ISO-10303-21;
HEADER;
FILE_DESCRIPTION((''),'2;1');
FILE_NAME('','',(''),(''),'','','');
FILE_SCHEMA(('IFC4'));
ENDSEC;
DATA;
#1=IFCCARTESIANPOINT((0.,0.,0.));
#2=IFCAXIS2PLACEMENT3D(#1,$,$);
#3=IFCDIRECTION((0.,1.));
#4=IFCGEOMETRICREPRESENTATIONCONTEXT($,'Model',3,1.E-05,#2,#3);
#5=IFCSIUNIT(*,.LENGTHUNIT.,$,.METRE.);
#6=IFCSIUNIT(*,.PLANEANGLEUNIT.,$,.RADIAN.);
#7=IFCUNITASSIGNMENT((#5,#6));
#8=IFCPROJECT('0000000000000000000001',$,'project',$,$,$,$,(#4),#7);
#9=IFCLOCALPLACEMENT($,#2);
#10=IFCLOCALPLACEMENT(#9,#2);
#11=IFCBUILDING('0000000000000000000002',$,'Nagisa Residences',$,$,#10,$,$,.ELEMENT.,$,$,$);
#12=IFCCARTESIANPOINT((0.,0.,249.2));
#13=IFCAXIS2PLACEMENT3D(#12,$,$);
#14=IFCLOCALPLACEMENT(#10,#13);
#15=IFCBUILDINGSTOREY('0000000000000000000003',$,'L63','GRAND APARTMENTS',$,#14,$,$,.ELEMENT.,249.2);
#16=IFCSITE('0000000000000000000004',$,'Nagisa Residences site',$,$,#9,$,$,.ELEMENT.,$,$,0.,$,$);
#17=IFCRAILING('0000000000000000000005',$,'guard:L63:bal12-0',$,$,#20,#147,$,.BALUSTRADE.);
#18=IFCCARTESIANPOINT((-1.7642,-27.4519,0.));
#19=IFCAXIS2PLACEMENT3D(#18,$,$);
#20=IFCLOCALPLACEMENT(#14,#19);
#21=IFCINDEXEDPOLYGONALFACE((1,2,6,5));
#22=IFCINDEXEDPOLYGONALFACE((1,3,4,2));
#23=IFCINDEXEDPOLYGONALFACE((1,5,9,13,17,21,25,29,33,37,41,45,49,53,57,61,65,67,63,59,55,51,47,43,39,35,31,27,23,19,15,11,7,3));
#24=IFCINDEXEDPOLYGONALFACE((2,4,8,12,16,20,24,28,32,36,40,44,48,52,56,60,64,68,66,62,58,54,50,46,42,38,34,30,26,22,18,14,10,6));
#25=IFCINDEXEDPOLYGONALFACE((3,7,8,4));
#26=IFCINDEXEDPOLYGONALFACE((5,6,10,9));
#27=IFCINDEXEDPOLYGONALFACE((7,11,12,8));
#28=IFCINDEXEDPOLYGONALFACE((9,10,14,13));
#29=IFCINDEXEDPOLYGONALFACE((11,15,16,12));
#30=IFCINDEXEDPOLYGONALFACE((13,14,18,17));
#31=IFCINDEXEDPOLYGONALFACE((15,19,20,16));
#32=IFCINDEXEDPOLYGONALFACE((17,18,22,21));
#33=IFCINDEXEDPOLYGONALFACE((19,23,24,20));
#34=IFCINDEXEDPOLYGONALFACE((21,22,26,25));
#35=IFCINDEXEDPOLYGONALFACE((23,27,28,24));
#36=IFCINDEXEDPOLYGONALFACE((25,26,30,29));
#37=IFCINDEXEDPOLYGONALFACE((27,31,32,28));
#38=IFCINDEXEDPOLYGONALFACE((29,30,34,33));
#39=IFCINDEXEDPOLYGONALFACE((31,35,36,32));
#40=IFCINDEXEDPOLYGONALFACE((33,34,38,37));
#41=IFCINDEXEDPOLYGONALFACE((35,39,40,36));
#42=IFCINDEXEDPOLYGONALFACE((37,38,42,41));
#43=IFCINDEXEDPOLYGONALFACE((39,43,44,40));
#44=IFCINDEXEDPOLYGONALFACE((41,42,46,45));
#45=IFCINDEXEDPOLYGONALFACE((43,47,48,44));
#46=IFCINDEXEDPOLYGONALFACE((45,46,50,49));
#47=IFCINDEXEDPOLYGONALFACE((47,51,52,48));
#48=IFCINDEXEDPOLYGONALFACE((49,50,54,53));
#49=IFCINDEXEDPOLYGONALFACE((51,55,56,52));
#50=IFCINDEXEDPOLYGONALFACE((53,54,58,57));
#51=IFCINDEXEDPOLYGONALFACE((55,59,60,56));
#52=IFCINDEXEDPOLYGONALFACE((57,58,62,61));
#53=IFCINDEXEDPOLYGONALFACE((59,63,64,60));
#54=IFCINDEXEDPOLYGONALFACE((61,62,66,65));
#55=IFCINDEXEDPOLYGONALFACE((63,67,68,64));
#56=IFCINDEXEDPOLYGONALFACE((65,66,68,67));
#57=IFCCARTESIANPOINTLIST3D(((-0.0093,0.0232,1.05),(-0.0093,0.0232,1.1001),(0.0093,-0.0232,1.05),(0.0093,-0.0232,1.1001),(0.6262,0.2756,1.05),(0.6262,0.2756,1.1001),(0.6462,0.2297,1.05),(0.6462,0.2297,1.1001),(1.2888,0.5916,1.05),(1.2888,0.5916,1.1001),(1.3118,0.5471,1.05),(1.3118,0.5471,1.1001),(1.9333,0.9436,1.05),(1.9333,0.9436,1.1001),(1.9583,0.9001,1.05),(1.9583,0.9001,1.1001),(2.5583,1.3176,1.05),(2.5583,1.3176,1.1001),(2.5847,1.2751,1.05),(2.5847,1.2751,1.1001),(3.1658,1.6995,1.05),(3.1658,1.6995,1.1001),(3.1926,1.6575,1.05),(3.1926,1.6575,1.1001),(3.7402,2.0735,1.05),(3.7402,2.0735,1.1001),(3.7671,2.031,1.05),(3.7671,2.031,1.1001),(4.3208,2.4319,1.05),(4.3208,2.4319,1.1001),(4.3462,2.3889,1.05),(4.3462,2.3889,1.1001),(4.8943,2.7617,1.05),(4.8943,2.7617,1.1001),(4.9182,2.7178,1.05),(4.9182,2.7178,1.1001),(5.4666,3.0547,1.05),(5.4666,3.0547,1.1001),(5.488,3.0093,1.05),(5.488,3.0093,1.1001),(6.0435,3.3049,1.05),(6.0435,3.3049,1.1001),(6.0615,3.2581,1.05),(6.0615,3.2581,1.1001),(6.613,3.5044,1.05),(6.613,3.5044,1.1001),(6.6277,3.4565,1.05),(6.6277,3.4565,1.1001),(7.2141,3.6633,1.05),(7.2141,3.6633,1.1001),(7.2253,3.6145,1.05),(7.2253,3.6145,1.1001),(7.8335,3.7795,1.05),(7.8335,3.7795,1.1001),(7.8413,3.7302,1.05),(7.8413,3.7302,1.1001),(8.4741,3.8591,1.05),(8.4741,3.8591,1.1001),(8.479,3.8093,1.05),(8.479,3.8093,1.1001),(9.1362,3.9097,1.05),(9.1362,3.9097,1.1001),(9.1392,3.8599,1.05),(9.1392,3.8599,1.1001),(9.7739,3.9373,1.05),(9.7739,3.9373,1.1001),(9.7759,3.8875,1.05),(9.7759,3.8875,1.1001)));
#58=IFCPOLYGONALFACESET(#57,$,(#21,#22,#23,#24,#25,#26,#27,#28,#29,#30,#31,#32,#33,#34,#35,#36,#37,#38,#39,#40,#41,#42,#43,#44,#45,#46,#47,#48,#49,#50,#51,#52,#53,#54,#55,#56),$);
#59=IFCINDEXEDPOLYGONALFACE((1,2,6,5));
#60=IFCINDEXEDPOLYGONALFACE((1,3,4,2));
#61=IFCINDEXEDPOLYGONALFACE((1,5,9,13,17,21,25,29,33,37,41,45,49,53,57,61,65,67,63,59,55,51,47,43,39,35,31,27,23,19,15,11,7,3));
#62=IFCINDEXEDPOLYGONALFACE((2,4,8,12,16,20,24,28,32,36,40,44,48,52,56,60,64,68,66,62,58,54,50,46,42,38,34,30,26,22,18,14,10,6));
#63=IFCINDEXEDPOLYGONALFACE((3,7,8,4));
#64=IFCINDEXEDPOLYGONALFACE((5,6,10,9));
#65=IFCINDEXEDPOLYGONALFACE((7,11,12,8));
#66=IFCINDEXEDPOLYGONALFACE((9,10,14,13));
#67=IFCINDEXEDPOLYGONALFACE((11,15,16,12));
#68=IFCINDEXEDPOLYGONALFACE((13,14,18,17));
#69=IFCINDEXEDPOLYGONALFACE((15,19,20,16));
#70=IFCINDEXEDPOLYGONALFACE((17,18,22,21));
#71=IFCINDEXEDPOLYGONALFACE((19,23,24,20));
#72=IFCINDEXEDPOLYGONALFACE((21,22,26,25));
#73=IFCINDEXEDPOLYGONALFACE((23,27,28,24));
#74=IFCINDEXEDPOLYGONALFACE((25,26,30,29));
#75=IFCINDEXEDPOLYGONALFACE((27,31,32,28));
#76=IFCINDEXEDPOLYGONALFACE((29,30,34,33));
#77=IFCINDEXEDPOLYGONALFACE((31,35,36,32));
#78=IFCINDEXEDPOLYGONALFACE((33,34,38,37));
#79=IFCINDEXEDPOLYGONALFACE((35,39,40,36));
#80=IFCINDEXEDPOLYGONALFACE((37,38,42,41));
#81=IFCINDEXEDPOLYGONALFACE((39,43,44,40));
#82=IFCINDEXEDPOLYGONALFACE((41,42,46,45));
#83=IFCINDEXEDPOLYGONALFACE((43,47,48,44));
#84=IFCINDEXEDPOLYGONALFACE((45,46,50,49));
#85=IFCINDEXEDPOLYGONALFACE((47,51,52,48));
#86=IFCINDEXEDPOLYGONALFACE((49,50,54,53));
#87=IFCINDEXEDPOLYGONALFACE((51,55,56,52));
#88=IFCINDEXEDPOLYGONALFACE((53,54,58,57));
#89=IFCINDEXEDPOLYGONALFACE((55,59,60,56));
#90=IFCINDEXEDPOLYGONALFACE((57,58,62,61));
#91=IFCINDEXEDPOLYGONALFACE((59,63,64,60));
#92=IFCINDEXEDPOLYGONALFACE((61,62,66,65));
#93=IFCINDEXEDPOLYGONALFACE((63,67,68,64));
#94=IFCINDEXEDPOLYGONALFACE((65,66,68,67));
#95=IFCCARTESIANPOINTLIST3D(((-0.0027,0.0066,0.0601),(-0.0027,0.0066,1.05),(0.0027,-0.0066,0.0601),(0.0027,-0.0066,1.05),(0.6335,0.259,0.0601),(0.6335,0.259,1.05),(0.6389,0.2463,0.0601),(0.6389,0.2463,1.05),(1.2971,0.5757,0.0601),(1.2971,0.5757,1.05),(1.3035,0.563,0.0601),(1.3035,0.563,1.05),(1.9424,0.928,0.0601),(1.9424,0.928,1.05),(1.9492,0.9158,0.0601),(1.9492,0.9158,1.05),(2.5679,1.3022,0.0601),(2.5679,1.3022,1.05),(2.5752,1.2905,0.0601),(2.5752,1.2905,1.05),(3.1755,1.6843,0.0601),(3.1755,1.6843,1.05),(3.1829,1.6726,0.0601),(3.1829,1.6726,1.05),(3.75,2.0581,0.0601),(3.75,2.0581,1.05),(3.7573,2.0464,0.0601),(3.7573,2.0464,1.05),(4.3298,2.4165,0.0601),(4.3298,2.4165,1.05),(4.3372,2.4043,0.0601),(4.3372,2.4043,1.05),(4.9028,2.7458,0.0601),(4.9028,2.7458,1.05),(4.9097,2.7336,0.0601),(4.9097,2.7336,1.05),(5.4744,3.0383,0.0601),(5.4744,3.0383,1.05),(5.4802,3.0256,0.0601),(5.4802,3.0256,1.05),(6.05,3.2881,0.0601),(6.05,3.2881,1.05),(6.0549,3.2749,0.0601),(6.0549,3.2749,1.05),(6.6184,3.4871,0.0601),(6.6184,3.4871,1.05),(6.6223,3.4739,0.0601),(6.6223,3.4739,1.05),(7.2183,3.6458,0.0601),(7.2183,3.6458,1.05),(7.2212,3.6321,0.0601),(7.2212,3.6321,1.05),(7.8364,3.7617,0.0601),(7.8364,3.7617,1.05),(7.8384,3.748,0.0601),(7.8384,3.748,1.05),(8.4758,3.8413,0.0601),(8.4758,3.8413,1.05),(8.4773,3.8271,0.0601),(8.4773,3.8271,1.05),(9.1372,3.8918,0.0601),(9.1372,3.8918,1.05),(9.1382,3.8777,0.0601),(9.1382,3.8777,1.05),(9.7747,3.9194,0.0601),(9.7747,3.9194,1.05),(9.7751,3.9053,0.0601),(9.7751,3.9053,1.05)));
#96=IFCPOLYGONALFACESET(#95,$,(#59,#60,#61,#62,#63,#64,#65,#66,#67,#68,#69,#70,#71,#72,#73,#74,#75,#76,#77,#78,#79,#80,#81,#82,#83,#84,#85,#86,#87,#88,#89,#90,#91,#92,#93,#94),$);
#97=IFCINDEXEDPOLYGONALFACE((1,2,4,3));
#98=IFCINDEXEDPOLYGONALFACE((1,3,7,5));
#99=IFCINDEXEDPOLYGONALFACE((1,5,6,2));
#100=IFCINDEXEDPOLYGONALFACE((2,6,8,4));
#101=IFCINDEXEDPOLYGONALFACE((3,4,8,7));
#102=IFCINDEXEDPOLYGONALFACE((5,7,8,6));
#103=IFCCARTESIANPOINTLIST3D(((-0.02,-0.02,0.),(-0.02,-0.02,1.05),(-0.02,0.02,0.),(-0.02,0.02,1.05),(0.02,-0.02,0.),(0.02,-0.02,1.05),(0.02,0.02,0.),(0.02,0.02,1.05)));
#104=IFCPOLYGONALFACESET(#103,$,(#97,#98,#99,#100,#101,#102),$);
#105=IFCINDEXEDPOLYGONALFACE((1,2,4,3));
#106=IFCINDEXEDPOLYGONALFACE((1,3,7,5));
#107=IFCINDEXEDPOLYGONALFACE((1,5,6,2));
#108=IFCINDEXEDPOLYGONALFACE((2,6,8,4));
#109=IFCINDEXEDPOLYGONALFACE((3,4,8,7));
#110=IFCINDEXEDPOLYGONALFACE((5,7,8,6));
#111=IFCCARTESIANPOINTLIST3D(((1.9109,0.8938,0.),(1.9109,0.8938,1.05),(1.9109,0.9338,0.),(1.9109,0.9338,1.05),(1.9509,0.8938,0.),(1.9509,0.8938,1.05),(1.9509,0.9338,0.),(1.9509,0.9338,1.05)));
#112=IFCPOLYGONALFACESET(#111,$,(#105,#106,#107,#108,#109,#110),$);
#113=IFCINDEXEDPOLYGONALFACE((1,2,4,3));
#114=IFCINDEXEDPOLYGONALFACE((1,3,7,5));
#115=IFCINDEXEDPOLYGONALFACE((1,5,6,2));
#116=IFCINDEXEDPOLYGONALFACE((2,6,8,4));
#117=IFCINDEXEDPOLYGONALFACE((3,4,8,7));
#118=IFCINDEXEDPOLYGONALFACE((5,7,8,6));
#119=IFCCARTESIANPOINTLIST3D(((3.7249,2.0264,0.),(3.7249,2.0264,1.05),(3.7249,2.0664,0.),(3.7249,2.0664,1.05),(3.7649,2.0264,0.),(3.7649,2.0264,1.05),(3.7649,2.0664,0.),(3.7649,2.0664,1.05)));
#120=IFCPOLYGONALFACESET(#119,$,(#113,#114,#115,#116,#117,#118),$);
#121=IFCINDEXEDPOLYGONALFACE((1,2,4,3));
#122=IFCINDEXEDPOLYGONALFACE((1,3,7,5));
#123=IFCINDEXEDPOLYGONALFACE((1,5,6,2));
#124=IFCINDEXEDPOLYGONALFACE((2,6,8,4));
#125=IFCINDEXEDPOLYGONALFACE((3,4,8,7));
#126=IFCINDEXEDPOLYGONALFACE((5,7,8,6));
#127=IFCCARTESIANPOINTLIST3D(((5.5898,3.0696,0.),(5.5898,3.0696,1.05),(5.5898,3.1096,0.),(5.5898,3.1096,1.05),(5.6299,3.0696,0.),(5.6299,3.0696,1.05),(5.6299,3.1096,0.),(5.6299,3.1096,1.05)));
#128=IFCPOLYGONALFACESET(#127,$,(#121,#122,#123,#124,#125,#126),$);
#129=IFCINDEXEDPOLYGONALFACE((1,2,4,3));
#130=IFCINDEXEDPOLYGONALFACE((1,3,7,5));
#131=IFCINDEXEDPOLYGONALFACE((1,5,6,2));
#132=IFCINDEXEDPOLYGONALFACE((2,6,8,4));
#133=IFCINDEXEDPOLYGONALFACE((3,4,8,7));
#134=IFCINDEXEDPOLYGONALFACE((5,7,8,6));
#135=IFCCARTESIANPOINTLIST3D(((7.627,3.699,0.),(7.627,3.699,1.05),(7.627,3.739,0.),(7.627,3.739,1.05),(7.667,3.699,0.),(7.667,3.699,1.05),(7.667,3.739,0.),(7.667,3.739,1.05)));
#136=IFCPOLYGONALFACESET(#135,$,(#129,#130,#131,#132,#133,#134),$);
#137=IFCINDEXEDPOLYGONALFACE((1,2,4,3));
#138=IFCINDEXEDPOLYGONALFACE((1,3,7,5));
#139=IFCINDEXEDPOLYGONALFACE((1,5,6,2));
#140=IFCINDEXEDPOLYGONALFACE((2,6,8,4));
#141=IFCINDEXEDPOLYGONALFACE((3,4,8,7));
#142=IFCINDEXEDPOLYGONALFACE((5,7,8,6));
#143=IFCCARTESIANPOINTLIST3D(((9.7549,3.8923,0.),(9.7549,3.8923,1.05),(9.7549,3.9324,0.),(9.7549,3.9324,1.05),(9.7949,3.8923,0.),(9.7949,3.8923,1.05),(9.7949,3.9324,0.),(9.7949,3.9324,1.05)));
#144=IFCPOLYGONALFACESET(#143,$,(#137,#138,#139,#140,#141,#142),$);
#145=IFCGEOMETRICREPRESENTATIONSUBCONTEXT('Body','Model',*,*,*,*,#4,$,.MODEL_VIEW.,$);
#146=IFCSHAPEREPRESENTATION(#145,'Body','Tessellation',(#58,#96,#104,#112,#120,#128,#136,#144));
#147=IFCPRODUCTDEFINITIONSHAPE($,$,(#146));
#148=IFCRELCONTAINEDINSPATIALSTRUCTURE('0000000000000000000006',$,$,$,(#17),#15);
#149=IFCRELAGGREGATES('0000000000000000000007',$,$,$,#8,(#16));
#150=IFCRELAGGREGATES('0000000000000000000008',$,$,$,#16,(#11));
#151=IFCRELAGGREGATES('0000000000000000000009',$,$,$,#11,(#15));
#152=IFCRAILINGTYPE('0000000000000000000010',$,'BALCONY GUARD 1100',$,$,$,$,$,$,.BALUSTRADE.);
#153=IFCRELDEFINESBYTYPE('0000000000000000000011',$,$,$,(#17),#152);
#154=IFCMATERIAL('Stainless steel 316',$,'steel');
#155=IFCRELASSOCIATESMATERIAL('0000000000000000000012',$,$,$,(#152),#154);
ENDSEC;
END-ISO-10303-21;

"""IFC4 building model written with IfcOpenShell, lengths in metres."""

from ifc_helpers import new_model, si_unit, direction, frame, origin, origin_2d, place, context, subcontext, project, spatial, polyline, rectangle, outline, extrude, material, type_object, element, save


model = new_model("IFC4")

# Units and contexts
model_context = context("Model", 3, precision=1e-05, world=origin(), true_north=direction((0.0, 1.0)))
body_context = subcontext(model_context, "Body", "Model", "MODEL_VIEW")
ifc_project = project(units=[si_unit("LENGTHUNIT", "METRE"), si_unit("PLANEANGLEUNIT", "RADIAN")], contexts=[model_context])

# Site, building, storey
site_placement = place(None, origin())
site = spatial("IfcSite", under=ifc_project, at=site_placement, Name="Nagisa Residences site", CompositionType="ELEMENT", RefElevation=0.0)
building_placement = place(site_placement, origin())
building = spatial("IfcBuilding", under=site, at=building_placement, Name="Nagisa Residences", CompositionType="ELEMENT")
storey_placement = place(building_placement, frame((0.0, 0.0, 249.2)))
storey = spatial("IfcBuildingStorey", under=building, at=storey_placement, Name="L63", Description="GRAND APARTMENTS", CompositionType="ELEMENT", Elevation=249.2)

# Railing
ifc_material_1 = material(Name="Stainless steel 316", Category="steel")
railing_type = type_object("IfcRailingType", Name="BALCONY GUARD 1100", PredefinedType="BALUSTRADE", material=ifc_material_1)
railing_placement = place(storey_placement, frame((-1.7642, -27.4519, 0.0)))
element("IfcRailing", 1, at=railing_placement, inside=storey, type_object=railing_type, Name="guard:L63:bal12-0", PredefinedType="BALUSTRADE", context=body_context, shape_type="SweptSolid", body=[
    extrude(outline(polyline([(0.6262, 0.2756), (-0.0093, 0.0232), (0.0093, -0.0232), (0.6462, 0.2297), (1.3118, 0.5471), (1.9583, 0.9001), (2.5847, 1.2751), (3.1926, 1.6575), (3.7671, 2.031), (4.3462, 2.3889), (4.9182, 2.7178), (5.488, 3.0093), (6.0615, 3.2581), (6.6277, 3.4565), (7.2253, 3.6145), (7.8413, 3.7302), (8.479, 3.8093), (9.1392, 3.8599), (9.7759, 3.8875), (9.7739, 3.9373), (9.1362, 3.9097), (8.4741, 3.8591), (7.8335, 3.7795), (7.2141, 3.6633), (6.613, 3.5044), (6.0435, 3.3049), (5.4666, 3.0547), (4.8943, 2.7617), (4.3208, 2.4319), (3.7402, 2.0735), (3.1658, 1.6995), (2.5583, 1.3176), (1.9333, 0.9436), (1.2888, 0.5916), (0.6262, 0.2756)])), frame((0.0, 0.0, 1.05)), (0.0, 0.0, 1.0), 0.05),
    extrude(outline(polyline([(0.6335, 0.259), (-0.0027, 0.0066), (0.0027, -0.0066), (0.6389, 0.2463), (1.3035, 0.563), (1.9492, 0.9158), (2.5752, 1.2905), (3.1829, 1.6726), (3.7573, 2.0464), (4.3372, 2.4043), (4.9097, 2.7336), (5.4802, 3.0256), (6.0549, 3.2749), (6.6223, 3.4739), (7.2212, 3.6321), (7.8384, 3.748), (8.4773, 3.8271), (9.1382, 3.8777), (9.7751, 3.9053), (9.7747, 3.9194), (9.1372, 3.8918), (8.4758, 3.8413), (7.8364, 3.7617), (7.2183, 3.6458), (6.6184, 3.4871), (6.05, 3.2881), (5.4744, 3.0383), (4.9028, 2.7458), (4.3298, 2.4165), (3.75, 2.0581), (3.1755, 1.6843), (2.5679, 1.3022), (1.9424, 0.928), (1.2971, 0.5757), (0.6335, 0.259)])), frame((0.0, 0.0, 0.0601)), (0.0, 0.0, 1.0), 0.99),
    extrude(rectangle(XDim=0.04, YDim=0.04, at=origin_2d()), origin(), (0.0, 0.0, 1.0), 1.05),
    extrude(rectangle(XDim=0.04, YDim=0.04, at=origin_2d()), frame((1.9309, 0.9138, 0.0)), (0.0, 0.0, 1.0), 1.05),
    extrude(rectangle(XDim=0.04, YDim=0.04, at=origin_2d()), frame((3.7449, 2.0464, 0.0)), (0.0, 0.0, 1.0), 1.05),
    extrude(rectangle(XDim=0.04, YDim=0.04, at=origin_2d()), frame((5.6099, 3.0896, 0.0)), (0.0, 0.0, 1.0), 1.05),
    extrude(rectangle(XDim=0.04, YDim=0.04, at=origin_2d()), frame((7.647, 3.719, 0.0)), (0.0, 0.0, 1.0), 1.05),
    extrude(rectangle(XDim=0.04, YDim=0.04, at=origin_2d()), frame((9.7749, 3.9124, 0.0)), (0.0, 0.0, 1.0), 1.05),
])

save(model, "model.ifc")
